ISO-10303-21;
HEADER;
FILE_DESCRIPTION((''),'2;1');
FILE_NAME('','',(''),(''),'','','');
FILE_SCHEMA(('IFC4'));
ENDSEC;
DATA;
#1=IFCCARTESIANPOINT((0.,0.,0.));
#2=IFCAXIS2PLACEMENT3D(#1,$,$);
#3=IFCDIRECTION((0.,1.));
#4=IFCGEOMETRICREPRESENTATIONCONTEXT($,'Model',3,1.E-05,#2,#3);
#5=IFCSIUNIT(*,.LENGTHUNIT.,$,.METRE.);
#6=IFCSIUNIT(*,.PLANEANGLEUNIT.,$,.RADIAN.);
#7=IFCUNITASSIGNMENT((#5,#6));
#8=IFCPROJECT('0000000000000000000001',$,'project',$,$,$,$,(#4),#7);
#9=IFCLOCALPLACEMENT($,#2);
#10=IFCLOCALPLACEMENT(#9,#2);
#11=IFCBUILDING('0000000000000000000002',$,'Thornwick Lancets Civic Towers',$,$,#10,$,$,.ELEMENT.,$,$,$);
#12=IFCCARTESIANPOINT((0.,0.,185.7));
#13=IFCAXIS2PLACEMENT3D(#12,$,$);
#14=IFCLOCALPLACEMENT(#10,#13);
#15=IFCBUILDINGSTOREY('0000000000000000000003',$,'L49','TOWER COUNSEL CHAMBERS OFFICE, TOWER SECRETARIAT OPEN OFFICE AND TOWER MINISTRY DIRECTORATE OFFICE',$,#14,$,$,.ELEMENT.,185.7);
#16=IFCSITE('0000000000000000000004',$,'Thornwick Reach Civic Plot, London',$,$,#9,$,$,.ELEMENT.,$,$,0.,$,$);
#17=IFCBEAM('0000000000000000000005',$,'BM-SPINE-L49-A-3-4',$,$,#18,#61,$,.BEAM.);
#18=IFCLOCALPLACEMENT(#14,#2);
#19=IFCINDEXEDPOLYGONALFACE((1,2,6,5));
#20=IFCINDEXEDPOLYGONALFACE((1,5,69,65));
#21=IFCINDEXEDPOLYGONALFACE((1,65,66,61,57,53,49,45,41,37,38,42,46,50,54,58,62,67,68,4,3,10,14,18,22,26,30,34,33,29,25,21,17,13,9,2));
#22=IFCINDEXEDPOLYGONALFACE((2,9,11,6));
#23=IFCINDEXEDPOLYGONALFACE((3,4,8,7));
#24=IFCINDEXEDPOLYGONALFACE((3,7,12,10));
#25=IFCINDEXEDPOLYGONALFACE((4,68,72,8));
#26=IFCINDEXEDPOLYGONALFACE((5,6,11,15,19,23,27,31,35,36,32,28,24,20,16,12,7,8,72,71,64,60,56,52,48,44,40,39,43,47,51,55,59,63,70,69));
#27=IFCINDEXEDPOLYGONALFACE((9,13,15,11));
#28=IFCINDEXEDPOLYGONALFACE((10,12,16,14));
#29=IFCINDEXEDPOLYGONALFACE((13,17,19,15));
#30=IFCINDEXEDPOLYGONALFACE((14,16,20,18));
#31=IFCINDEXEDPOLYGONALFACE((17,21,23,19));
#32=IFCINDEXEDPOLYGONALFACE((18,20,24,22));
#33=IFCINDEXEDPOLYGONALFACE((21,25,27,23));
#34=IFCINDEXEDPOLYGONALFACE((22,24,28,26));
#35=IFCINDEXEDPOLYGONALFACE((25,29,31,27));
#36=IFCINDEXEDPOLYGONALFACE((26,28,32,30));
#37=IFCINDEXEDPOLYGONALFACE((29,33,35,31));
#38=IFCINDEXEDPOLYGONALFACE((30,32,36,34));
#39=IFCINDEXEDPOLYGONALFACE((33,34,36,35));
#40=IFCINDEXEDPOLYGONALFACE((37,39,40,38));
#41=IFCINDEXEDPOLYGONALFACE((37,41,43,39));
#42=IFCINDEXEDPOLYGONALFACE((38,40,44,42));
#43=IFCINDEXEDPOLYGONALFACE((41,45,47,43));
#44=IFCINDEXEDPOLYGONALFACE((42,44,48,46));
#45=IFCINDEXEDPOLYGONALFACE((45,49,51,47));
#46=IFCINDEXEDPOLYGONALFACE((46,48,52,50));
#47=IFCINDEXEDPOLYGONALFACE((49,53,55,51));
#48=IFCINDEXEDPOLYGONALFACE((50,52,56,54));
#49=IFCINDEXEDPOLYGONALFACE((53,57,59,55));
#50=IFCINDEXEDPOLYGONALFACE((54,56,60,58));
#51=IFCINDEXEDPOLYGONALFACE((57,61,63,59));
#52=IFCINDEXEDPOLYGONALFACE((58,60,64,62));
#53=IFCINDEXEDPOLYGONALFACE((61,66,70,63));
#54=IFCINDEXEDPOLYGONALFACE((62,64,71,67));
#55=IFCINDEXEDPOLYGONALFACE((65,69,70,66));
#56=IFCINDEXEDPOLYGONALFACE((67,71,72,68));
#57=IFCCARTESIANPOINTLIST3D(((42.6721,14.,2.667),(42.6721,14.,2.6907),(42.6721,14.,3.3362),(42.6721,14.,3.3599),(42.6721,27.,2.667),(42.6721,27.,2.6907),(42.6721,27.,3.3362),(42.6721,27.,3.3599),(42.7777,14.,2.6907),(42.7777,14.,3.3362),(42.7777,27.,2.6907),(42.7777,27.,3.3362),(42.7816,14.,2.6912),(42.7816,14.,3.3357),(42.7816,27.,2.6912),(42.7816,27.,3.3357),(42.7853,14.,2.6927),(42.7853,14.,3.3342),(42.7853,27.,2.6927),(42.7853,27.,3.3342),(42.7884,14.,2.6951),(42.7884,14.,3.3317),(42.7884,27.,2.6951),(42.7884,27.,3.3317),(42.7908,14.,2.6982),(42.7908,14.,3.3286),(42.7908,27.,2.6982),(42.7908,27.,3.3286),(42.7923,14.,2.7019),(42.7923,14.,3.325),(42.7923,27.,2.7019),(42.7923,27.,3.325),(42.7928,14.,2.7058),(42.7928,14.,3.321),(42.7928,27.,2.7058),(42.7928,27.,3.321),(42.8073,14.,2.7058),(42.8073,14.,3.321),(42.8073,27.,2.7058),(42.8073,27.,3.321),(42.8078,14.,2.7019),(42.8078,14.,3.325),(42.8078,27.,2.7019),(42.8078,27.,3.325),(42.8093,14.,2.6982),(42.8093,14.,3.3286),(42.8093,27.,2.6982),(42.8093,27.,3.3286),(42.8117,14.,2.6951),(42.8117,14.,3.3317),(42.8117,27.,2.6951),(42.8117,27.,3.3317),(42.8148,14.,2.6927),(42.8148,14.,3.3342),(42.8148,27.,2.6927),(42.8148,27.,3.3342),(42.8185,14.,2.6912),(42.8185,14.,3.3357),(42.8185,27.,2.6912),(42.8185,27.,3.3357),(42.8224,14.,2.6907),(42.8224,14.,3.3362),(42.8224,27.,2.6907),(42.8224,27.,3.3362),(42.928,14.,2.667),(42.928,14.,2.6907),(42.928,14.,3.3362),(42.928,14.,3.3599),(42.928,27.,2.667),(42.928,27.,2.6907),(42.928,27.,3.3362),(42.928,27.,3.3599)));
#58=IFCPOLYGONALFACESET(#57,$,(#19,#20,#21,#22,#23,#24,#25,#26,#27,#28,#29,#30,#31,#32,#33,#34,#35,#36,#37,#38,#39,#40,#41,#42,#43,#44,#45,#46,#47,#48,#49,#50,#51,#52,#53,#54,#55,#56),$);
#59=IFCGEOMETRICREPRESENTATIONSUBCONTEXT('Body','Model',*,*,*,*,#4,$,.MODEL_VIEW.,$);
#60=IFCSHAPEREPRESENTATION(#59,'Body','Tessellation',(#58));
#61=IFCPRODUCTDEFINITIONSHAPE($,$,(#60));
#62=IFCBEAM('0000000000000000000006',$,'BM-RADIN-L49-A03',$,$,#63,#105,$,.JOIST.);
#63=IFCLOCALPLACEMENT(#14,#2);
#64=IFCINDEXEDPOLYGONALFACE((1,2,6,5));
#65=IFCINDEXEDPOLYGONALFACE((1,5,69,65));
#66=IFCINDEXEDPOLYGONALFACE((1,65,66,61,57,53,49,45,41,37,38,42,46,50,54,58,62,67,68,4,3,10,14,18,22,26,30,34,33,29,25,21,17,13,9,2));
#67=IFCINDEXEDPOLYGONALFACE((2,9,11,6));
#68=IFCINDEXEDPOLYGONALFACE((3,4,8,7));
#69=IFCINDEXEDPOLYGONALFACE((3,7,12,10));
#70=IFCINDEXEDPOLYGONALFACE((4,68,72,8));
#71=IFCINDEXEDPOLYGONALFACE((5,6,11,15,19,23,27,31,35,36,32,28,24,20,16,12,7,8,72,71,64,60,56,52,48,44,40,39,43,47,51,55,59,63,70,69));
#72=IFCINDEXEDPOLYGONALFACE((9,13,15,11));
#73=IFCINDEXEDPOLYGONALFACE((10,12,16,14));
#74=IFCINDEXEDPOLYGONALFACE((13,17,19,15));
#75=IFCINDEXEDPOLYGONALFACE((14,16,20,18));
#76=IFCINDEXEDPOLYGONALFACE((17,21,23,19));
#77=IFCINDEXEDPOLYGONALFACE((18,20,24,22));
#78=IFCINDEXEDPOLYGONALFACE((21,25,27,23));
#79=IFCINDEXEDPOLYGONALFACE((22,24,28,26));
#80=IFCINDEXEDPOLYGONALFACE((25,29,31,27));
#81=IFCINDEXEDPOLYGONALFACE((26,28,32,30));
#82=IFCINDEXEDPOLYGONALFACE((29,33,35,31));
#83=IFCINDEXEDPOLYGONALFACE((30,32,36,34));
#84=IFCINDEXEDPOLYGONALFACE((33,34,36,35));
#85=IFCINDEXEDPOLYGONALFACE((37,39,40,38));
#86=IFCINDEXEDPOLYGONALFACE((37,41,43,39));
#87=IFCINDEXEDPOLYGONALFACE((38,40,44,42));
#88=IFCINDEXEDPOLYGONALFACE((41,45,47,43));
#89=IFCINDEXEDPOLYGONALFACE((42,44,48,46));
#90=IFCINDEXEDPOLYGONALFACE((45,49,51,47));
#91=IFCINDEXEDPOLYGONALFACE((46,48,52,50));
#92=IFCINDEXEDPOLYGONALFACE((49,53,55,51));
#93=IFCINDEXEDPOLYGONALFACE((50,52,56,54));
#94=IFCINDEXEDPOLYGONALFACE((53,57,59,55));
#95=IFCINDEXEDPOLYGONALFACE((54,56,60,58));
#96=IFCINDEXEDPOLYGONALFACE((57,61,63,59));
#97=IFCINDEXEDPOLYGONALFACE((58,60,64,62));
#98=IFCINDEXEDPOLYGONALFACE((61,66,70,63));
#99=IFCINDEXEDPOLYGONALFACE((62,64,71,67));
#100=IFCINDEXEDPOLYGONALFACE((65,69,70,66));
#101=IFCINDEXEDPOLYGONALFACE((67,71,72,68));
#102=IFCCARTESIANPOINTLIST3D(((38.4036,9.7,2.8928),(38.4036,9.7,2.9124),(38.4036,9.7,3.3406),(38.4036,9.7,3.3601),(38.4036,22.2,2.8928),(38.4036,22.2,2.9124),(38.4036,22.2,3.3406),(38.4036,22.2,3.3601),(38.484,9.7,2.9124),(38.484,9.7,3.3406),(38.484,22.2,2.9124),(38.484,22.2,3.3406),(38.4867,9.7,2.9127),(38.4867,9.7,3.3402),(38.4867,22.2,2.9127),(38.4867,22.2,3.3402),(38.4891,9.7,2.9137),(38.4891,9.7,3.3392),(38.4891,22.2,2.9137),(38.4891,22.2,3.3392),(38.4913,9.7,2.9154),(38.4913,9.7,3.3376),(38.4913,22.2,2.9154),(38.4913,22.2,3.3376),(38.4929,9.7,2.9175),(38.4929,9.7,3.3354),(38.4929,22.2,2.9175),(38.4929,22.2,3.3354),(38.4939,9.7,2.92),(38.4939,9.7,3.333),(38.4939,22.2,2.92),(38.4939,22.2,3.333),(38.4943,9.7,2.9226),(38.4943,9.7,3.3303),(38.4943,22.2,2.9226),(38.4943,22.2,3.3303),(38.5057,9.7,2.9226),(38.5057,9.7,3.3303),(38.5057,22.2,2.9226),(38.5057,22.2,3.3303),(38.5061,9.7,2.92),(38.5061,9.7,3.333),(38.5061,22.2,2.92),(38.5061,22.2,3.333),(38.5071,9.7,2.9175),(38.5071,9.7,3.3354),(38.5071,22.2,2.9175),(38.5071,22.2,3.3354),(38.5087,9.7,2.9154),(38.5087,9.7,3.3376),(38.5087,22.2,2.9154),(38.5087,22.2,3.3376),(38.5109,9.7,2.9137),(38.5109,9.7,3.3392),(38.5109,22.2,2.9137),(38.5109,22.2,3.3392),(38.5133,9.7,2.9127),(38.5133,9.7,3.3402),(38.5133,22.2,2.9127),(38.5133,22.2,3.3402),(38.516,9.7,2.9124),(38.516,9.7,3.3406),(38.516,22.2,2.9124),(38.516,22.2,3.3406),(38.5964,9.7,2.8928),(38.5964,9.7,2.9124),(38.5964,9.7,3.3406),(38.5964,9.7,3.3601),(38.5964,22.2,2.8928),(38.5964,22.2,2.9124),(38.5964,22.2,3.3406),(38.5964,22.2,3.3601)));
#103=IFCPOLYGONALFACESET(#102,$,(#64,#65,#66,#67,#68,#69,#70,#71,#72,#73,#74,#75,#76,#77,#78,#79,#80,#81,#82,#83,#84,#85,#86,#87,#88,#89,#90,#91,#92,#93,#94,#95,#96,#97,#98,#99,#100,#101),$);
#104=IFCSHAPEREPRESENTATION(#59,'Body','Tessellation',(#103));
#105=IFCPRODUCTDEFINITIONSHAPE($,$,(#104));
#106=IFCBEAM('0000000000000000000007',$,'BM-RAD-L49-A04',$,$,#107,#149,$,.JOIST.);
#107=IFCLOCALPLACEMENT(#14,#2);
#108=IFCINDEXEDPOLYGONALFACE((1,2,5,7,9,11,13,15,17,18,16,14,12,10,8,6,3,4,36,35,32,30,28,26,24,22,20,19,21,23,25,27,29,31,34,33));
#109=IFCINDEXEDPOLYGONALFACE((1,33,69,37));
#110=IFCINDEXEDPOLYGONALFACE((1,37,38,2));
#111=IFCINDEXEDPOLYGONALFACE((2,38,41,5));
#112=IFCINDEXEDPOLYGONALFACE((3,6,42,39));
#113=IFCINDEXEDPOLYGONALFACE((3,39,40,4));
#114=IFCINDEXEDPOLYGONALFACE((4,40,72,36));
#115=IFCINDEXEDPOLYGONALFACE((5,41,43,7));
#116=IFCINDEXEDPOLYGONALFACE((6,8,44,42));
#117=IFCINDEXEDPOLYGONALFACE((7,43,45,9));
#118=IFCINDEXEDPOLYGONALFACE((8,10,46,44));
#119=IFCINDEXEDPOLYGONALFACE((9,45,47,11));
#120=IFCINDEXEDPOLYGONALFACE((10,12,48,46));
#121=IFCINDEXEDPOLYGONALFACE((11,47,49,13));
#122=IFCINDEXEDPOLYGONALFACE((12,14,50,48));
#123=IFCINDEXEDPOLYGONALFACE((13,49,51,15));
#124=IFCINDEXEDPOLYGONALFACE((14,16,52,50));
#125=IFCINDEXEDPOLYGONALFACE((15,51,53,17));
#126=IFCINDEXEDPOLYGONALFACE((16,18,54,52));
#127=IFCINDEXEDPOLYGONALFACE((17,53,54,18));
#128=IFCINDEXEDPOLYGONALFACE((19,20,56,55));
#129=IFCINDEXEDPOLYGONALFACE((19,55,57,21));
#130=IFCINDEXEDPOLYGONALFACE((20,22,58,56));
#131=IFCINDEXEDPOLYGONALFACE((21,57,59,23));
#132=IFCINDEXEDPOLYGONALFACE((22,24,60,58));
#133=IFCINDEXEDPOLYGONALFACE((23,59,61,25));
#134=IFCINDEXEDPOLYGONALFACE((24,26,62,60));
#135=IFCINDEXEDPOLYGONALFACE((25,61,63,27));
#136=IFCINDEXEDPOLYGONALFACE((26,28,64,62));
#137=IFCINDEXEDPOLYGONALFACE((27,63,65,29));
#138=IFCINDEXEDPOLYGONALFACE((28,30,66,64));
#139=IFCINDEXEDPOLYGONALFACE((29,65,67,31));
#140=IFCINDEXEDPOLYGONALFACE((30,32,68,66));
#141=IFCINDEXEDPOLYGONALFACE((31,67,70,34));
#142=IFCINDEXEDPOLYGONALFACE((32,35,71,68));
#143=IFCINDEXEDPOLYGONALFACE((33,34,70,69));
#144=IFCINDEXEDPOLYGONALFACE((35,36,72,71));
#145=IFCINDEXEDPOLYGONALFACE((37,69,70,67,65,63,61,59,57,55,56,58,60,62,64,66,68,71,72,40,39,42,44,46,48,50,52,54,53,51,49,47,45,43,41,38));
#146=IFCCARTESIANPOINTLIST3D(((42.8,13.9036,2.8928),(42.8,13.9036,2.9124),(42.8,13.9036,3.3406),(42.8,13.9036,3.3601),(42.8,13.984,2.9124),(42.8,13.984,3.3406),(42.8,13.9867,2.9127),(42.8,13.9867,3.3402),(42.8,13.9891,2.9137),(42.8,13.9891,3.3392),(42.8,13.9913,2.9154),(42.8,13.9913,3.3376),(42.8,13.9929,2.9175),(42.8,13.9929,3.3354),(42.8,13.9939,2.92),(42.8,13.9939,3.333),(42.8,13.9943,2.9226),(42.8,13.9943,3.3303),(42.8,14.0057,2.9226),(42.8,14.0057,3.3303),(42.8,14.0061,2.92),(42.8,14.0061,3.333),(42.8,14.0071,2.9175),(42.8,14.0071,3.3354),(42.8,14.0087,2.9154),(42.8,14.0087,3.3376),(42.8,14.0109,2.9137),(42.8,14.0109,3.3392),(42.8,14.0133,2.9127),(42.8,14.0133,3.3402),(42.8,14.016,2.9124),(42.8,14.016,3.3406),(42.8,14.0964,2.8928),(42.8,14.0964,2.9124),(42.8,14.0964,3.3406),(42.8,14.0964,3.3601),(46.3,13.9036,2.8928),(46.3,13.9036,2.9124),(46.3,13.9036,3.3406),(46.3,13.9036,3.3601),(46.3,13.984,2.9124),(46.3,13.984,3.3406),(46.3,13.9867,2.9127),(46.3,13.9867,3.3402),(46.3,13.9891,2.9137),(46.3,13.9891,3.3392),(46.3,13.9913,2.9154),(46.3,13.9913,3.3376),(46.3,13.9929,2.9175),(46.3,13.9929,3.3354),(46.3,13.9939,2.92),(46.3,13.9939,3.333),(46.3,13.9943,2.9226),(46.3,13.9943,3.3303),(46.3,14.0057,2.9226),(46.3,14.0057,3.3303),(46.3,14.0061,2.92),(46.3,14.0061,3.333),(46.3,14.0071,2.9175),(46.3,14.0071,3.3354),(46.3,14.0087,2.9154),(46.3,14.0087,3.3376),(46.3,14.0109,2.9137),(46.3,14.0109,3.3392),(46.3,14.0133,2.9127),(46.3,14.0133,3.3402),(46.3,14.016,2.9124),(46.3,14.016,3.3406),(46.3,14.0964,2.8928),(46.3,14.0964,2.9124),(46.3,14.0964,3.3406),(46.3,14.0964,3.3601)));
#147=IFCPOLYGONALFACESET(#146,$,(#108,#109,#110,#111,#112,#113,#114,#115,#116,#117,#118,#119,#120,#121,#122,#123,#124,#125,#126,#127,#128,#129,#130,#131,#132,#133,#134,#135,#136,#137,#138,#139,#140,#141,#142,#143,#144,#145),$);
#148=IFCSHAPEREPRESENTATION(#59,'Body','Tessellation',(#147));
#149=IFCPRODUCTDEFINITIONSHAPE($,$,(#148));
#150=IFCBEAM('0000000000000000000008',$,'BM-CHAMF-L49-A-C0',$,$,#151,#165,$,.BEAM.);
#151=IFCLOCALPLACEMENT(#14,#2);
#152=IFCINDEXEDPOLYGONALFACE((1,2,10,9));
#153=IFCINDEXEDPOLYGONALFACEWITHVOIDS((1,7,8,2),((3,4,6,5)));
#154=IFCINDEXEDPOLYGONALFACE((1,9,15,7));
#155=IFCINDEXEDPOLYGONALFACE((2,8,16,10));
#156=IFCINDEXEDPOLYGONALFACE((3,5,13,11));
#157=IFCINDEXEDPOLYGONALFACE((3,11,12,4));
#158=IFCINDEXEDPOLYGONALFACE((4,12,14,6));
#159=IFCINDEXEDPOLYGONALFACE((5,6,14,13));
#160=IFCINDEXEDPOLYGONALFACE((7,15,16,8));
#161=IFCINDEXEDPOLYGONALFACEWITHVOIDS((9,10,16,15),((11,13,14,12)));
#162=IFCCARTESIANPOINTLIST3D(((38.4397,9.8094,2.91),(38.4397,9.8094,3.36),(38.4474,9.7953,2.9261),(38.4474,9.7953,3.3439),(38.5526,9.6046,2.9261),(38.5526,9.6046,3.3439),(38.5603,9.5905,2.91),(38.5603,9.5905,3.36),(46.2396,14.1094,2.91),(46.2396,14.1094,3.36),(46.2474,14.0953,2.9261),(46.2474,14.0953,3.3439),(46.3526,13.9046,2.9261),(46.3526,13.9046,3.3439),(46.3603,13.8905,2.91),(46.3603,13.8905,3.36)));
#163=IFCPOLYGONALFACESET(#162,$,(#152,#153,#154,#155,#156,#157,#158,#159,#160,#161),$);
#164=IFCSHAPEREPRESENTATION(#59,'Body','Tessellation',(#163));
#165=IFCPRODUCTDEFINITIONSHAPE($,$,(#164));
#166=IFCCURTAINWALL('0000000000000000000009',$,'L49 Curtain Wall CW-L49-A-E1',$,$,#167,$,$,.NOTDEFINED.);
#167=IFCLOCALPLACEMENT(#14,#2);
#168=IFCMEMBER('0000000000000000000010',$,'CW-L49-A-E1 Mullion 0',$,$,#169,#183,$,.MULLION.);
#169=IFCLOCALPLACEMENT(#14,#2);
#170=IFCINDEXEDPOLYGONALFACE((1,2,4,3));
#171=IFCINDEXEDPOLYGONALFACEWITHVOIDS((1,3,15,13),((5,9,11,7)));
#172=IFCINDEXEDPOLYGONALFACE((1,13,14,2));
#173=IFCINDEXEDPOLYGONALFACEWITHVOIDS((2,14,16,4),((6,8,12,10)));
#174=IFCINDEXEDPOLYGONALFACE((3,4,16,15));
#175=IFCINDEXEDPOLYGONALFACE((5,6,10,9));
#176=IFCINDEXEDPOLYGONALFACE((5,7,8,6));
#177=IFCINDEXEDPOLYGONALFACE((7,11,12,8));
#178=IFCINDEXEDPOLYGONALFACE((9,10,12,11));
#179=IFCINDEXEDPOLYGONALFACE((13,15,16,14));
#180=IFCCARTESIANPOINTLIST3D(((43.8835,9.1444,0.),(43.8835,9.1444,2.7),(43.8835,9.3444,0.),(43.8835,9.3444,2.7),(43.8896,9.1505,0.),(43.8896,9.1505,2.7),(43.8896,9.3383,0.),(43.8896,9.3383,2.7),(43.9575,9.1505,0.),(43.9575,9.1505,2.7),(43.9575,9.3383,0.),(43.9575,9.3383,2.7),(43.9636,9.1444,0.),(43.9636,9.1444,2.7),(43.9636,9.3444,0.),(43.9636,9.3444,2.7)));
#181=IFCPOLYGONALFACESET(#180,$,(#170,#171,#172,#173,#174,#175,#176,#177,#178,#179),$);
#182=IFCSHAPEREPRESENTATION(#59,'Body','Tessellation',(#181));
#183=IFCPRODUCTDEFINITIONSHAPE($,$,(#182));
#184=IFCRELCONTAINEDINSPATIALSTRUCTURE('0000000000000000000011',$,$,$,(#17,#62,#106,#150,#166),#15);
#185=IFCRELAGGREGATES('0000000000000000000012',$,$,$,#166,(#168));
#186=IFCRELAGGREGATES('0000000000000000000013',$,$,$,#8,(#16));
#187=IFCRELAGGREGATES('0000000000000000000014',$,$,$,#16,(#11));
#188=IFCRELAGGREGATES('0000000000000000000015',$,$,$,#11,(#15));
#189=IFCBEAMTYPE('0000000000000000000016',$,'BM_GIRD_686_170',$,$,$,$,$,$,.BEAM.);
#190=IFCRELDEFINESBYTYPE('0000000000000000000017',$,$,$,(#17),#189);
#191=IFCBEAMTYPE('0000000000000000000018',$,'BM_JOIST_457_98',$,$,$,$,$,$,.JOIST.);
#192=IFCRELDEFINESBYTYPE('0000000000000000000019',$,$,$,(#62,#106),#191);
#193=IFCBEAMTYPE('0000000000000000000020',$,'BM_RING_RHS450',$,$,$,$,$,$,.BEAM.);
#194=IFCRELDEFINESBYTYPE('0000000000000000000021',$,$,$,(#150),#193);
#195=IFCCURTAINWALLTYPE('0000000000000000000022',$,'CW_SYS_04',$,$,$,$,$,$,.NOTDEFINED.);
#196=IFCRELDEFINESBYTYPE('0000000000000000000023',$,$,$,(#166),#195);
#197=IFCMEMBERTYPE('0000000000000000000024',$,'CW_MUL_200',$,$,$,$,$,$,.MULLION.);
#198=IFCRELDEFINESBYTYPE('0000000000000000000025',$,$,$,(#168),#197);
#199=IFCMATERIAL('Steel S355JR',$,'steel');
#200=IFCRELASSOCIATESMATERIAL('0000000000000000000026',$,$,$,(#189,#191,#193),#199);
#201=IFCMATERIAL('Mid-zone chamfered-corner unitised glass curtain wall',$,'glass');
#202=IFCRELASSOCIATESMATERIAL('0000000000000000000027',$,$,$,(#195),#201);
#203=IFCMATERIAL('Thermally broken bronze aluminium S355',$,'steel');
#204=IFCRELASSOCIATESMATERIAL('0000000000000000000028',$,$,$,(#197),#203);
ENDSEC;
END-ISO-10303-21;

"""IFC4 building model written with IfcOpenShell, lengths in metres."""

from ifc_helpers import new_model, si_unit, direction, frame, origin, origin_2d, place, context, subcontext, project, spatial, hollow_rectangle, i_section, extrude, material, material_profile, profile_set, type_object, element, aggregate, save


model = new_model("IFC4")

# Units and contexts
model_context = context("Model", 3, precision=1e-05, world=origin(), true_north=direction((0.0, 1.0)))
body_context = subcontext(model_context, "Body", "Model", "MODEL_VIEW")
ifc_project = project(units=[si_unit("LENGTHUNIT", "METRE"), si_unit("PLANEANGLEUNIT", "RADIAN")], contexts=[model_context])

# Site, building, storey
site_placement = place(None, origin())
site = spatial("IfcSite", under=ifc_project, at=site_placement, Name="Thornwick Reach Civic Plot, London", CompositionType="ELEMENT", RefElevation=0.0)
building_placement = place(site_placement, origin())
building = spatial("IfcBuilding", under=site, at=building_placement, Name="Thornwick Lancets Civic Towers", CompositionType="ELEMENT")
storey_placement = place(building_placement, frame((0.0, 0.0, 185.7)))
storey = spatial("IfcBuildingStorey", under=building, at=storey_placement, Name="L49", Description="TOWER COUNSEL CHAMBERS OFFICE, TOWER SECRETARIAT OPEN OFFICE AND TOWER MINISTRY DIRECTORATE OFFICE", CompositionType="ELEMENT", Elevation=185.7)

# Beams
ifc_material_1 = material(Name="Steel S355JR", Category="steel")
ifc_material_profile_1 = material_profile(ifc_material_1, i_section(OverallWidth=0.2559, OverallDepth=0.6929, WebThickness=0.0144, FlangeThickness=0.0237, FilletRadius=0.0151, at=origin_2d()), Name="UKB 686x254x170")
ifc_profile_set_1 = profile_set([ifc_material_profile_1], Name="Steel S355JR")
beam_type_1 = type_object("IfcBeamType", Name="BM_GIRD_686_170", PredefinedType="BEAM", material=ifc_profile_set_1)
beam_1_placement = place(storey_placement, frame((42.8, 14.0, 3.0134), z_axis=(0.0, 1.0, 0.0), x_axis=(-1.0, 0.0, 0.0)))
element("IfcBeam", 1, at=beam_1_placement, inside=storey, type_object=beam_type_1, Name="BM-SPINE-L49-A-3-4", PredefinedType="BEAM", context=body_context, shape_type="SweptSolid", body=[
    extrude(i_section(OverallWidth=0.2559, OverallDepth=0.6929, WebThickness=0.0144, FlangeThickness=0.0237, FilletRadius=0.0151, at=origin_2d()), origin(), (0.0, 0.0, 1.0), 13.0),
])
ifc_material_profile_2 = material_profile(ifc_material_1, i_section(OverallWidth=0.1929, OverallDepth=0.4673, WebThickness=0.0115, FlangeThickness=0.0195, FilletRadius=0.0103, at=origin_2d()), Name="UKB 457x191x98")
ifc_profile_set_2 = profile_set([ifc_material_profile_2], Name="Steel S355JR")
beam_type_2 = type_object("IfcBeamType", Name="BM_JOIST_457_98", PredefinedType="JOIST", material=ifc_profile_set_2)
beam_2_placement = place(storey_placement, frame((38.5, 22.2, 3.1265), z_axis=(0.0, -1.0, 0.0), x_axis=(1.0, 0.0, 0.0)))
element("IfcBeam", 2, at=beam_2_placement, inside=storey, type_object=beam_type_2, Name="BM-RADIN-L49-A03", PredefinedType="JOIST", context=body_context, shape_type="SweptSolid", body=[
    extrude(i_section(OverallWidth=0.1929, OverallDepth=0.4673, WebThickness=0.0115, FlangeThickness=0.0195, FilletRadius=0.0103, at=origin_2d()), origin(), (0.0, 0.0, 1.0), 12.5),
])
beam_3_placement = place(storey_placement, frame((42.8, 14.0, 3.1265), z_axis=(1.0, 0.0, 0.0), x_axis=(0.0, 1.0, 0.0)))
element("IfcBeam", 3, at=beam_3_placement, inside=storey, type_object=beam_type_2, Name="BM-RAD-L49-A04", PredefinedType="JOIST", context=body_context, shape_type="SweptSolid", body=[
    extrude(i_section(OverallWidth=0.1929, OverallDepth=0.4673, WebThickness=0.0115, FlangeThickness=0.0195, FilletRadius=0.0103, at=origin_2d()), origin(), (0.0, 0.0, 1.0), 3.5),
])
ifc_material_profile_3 = material_profile(ifc_material_1, hollow_rectangle(XDim=0.25, YDim=0.45, WallThickness=0.0161, at=origin_2d()), Name="RHS 450x250x16")
ifc_profile_set_3 = profile_set([ifc_material_profile_3], Name="Steel S355JR")
beam_type_3 = type_object("IfcBeamType", Name="BM_RING_RHS450", PredefinedType="BEAM", material=ifc_profile_set_3)
beam_4_placement = place(storey_placement, frame((38.5, 9.7, 3.135), z_axis=(0.87574, 0.482782, 0.0), x_axis=(-0.482782, 0.87574, 0.0)))
element("IfcBeam", 4, at=beam_4_placement, inside=storey, type_object=beam_type_3, Name="BM-CHAMF-L49-A-C0", PredefinedType="BEAM", context=body_context, shape_type="SweptSolid", body=[
    extrude(hollow_rectangle(XDim=0.25, YDim=0.45, WallThickness=0.0161, at=origin_2d()), origin(), (0.0, 0.0, 1.0), 8.9067),
])

# Curtain wall, member
ifc_material_2 = material(Name="Mid-zone chamfered-corner unitised glass curtain wall", Category="glass")
curtain_wall_type = type_object("IfcCurtainWallType", Name="CW_SYS_04", PredefinedType="NOTDEFINED", material=ifc_material_2)
curtain_wall_placement = place(storey_placement, origin())
curtain_wall = element("IfcCurtainWall", 5, at=curtain_wall_placement, inside=storey, type_object=curtain_wall_type, Name="L49 Curtain Wall CW-L49-A-E1", PredefinedType="NOTDEFINED")
ifc_material_3 = material(Name="Thermally broken bronze aluminium S355", Category="steel")
ifc_material_profile_4 = material_profile(ifc_material_3, hollow_rectangle(XDim=0.0801, YDim=0.2, WallThickness=0.0061, at=origin_2d()), Name="RHS 200x80x6")
ifc_profile_set_4 = profile_set([ifc_material_profile_4], Name="Thermally broken bronze aluminium S355")
member_type_1 = type_object("IfcMemberType", Name="CW_MUL_200", PredefinedType="MULLION", material=ifc_profile_set_4)
member_1_placement = place(storey_placement, frame((43.9236, 9.2444, 0.0), z_axis=(0.0, 0.0, 1.0), x_axis=(1.0, 0.0, 0.0)))
member_1 = element("IfcMember", 6, at=member_1_placement, type_object=member_type_1, Name="CW-L49-A-E1 Mullion 0", PredefinedType="MULLION", context=body_context, shape_type="SweptSolid", body=[
    extrude(hollow_rectangle(XDim=0.0801, YDim=0.2, WallThickness=0.0061, at=origin_2d()), origin(), (0.0, 0.0, 1.0), 2.7),
])
aggregate(curtain_wall, [member_1])

save(model, "model.ifc")
